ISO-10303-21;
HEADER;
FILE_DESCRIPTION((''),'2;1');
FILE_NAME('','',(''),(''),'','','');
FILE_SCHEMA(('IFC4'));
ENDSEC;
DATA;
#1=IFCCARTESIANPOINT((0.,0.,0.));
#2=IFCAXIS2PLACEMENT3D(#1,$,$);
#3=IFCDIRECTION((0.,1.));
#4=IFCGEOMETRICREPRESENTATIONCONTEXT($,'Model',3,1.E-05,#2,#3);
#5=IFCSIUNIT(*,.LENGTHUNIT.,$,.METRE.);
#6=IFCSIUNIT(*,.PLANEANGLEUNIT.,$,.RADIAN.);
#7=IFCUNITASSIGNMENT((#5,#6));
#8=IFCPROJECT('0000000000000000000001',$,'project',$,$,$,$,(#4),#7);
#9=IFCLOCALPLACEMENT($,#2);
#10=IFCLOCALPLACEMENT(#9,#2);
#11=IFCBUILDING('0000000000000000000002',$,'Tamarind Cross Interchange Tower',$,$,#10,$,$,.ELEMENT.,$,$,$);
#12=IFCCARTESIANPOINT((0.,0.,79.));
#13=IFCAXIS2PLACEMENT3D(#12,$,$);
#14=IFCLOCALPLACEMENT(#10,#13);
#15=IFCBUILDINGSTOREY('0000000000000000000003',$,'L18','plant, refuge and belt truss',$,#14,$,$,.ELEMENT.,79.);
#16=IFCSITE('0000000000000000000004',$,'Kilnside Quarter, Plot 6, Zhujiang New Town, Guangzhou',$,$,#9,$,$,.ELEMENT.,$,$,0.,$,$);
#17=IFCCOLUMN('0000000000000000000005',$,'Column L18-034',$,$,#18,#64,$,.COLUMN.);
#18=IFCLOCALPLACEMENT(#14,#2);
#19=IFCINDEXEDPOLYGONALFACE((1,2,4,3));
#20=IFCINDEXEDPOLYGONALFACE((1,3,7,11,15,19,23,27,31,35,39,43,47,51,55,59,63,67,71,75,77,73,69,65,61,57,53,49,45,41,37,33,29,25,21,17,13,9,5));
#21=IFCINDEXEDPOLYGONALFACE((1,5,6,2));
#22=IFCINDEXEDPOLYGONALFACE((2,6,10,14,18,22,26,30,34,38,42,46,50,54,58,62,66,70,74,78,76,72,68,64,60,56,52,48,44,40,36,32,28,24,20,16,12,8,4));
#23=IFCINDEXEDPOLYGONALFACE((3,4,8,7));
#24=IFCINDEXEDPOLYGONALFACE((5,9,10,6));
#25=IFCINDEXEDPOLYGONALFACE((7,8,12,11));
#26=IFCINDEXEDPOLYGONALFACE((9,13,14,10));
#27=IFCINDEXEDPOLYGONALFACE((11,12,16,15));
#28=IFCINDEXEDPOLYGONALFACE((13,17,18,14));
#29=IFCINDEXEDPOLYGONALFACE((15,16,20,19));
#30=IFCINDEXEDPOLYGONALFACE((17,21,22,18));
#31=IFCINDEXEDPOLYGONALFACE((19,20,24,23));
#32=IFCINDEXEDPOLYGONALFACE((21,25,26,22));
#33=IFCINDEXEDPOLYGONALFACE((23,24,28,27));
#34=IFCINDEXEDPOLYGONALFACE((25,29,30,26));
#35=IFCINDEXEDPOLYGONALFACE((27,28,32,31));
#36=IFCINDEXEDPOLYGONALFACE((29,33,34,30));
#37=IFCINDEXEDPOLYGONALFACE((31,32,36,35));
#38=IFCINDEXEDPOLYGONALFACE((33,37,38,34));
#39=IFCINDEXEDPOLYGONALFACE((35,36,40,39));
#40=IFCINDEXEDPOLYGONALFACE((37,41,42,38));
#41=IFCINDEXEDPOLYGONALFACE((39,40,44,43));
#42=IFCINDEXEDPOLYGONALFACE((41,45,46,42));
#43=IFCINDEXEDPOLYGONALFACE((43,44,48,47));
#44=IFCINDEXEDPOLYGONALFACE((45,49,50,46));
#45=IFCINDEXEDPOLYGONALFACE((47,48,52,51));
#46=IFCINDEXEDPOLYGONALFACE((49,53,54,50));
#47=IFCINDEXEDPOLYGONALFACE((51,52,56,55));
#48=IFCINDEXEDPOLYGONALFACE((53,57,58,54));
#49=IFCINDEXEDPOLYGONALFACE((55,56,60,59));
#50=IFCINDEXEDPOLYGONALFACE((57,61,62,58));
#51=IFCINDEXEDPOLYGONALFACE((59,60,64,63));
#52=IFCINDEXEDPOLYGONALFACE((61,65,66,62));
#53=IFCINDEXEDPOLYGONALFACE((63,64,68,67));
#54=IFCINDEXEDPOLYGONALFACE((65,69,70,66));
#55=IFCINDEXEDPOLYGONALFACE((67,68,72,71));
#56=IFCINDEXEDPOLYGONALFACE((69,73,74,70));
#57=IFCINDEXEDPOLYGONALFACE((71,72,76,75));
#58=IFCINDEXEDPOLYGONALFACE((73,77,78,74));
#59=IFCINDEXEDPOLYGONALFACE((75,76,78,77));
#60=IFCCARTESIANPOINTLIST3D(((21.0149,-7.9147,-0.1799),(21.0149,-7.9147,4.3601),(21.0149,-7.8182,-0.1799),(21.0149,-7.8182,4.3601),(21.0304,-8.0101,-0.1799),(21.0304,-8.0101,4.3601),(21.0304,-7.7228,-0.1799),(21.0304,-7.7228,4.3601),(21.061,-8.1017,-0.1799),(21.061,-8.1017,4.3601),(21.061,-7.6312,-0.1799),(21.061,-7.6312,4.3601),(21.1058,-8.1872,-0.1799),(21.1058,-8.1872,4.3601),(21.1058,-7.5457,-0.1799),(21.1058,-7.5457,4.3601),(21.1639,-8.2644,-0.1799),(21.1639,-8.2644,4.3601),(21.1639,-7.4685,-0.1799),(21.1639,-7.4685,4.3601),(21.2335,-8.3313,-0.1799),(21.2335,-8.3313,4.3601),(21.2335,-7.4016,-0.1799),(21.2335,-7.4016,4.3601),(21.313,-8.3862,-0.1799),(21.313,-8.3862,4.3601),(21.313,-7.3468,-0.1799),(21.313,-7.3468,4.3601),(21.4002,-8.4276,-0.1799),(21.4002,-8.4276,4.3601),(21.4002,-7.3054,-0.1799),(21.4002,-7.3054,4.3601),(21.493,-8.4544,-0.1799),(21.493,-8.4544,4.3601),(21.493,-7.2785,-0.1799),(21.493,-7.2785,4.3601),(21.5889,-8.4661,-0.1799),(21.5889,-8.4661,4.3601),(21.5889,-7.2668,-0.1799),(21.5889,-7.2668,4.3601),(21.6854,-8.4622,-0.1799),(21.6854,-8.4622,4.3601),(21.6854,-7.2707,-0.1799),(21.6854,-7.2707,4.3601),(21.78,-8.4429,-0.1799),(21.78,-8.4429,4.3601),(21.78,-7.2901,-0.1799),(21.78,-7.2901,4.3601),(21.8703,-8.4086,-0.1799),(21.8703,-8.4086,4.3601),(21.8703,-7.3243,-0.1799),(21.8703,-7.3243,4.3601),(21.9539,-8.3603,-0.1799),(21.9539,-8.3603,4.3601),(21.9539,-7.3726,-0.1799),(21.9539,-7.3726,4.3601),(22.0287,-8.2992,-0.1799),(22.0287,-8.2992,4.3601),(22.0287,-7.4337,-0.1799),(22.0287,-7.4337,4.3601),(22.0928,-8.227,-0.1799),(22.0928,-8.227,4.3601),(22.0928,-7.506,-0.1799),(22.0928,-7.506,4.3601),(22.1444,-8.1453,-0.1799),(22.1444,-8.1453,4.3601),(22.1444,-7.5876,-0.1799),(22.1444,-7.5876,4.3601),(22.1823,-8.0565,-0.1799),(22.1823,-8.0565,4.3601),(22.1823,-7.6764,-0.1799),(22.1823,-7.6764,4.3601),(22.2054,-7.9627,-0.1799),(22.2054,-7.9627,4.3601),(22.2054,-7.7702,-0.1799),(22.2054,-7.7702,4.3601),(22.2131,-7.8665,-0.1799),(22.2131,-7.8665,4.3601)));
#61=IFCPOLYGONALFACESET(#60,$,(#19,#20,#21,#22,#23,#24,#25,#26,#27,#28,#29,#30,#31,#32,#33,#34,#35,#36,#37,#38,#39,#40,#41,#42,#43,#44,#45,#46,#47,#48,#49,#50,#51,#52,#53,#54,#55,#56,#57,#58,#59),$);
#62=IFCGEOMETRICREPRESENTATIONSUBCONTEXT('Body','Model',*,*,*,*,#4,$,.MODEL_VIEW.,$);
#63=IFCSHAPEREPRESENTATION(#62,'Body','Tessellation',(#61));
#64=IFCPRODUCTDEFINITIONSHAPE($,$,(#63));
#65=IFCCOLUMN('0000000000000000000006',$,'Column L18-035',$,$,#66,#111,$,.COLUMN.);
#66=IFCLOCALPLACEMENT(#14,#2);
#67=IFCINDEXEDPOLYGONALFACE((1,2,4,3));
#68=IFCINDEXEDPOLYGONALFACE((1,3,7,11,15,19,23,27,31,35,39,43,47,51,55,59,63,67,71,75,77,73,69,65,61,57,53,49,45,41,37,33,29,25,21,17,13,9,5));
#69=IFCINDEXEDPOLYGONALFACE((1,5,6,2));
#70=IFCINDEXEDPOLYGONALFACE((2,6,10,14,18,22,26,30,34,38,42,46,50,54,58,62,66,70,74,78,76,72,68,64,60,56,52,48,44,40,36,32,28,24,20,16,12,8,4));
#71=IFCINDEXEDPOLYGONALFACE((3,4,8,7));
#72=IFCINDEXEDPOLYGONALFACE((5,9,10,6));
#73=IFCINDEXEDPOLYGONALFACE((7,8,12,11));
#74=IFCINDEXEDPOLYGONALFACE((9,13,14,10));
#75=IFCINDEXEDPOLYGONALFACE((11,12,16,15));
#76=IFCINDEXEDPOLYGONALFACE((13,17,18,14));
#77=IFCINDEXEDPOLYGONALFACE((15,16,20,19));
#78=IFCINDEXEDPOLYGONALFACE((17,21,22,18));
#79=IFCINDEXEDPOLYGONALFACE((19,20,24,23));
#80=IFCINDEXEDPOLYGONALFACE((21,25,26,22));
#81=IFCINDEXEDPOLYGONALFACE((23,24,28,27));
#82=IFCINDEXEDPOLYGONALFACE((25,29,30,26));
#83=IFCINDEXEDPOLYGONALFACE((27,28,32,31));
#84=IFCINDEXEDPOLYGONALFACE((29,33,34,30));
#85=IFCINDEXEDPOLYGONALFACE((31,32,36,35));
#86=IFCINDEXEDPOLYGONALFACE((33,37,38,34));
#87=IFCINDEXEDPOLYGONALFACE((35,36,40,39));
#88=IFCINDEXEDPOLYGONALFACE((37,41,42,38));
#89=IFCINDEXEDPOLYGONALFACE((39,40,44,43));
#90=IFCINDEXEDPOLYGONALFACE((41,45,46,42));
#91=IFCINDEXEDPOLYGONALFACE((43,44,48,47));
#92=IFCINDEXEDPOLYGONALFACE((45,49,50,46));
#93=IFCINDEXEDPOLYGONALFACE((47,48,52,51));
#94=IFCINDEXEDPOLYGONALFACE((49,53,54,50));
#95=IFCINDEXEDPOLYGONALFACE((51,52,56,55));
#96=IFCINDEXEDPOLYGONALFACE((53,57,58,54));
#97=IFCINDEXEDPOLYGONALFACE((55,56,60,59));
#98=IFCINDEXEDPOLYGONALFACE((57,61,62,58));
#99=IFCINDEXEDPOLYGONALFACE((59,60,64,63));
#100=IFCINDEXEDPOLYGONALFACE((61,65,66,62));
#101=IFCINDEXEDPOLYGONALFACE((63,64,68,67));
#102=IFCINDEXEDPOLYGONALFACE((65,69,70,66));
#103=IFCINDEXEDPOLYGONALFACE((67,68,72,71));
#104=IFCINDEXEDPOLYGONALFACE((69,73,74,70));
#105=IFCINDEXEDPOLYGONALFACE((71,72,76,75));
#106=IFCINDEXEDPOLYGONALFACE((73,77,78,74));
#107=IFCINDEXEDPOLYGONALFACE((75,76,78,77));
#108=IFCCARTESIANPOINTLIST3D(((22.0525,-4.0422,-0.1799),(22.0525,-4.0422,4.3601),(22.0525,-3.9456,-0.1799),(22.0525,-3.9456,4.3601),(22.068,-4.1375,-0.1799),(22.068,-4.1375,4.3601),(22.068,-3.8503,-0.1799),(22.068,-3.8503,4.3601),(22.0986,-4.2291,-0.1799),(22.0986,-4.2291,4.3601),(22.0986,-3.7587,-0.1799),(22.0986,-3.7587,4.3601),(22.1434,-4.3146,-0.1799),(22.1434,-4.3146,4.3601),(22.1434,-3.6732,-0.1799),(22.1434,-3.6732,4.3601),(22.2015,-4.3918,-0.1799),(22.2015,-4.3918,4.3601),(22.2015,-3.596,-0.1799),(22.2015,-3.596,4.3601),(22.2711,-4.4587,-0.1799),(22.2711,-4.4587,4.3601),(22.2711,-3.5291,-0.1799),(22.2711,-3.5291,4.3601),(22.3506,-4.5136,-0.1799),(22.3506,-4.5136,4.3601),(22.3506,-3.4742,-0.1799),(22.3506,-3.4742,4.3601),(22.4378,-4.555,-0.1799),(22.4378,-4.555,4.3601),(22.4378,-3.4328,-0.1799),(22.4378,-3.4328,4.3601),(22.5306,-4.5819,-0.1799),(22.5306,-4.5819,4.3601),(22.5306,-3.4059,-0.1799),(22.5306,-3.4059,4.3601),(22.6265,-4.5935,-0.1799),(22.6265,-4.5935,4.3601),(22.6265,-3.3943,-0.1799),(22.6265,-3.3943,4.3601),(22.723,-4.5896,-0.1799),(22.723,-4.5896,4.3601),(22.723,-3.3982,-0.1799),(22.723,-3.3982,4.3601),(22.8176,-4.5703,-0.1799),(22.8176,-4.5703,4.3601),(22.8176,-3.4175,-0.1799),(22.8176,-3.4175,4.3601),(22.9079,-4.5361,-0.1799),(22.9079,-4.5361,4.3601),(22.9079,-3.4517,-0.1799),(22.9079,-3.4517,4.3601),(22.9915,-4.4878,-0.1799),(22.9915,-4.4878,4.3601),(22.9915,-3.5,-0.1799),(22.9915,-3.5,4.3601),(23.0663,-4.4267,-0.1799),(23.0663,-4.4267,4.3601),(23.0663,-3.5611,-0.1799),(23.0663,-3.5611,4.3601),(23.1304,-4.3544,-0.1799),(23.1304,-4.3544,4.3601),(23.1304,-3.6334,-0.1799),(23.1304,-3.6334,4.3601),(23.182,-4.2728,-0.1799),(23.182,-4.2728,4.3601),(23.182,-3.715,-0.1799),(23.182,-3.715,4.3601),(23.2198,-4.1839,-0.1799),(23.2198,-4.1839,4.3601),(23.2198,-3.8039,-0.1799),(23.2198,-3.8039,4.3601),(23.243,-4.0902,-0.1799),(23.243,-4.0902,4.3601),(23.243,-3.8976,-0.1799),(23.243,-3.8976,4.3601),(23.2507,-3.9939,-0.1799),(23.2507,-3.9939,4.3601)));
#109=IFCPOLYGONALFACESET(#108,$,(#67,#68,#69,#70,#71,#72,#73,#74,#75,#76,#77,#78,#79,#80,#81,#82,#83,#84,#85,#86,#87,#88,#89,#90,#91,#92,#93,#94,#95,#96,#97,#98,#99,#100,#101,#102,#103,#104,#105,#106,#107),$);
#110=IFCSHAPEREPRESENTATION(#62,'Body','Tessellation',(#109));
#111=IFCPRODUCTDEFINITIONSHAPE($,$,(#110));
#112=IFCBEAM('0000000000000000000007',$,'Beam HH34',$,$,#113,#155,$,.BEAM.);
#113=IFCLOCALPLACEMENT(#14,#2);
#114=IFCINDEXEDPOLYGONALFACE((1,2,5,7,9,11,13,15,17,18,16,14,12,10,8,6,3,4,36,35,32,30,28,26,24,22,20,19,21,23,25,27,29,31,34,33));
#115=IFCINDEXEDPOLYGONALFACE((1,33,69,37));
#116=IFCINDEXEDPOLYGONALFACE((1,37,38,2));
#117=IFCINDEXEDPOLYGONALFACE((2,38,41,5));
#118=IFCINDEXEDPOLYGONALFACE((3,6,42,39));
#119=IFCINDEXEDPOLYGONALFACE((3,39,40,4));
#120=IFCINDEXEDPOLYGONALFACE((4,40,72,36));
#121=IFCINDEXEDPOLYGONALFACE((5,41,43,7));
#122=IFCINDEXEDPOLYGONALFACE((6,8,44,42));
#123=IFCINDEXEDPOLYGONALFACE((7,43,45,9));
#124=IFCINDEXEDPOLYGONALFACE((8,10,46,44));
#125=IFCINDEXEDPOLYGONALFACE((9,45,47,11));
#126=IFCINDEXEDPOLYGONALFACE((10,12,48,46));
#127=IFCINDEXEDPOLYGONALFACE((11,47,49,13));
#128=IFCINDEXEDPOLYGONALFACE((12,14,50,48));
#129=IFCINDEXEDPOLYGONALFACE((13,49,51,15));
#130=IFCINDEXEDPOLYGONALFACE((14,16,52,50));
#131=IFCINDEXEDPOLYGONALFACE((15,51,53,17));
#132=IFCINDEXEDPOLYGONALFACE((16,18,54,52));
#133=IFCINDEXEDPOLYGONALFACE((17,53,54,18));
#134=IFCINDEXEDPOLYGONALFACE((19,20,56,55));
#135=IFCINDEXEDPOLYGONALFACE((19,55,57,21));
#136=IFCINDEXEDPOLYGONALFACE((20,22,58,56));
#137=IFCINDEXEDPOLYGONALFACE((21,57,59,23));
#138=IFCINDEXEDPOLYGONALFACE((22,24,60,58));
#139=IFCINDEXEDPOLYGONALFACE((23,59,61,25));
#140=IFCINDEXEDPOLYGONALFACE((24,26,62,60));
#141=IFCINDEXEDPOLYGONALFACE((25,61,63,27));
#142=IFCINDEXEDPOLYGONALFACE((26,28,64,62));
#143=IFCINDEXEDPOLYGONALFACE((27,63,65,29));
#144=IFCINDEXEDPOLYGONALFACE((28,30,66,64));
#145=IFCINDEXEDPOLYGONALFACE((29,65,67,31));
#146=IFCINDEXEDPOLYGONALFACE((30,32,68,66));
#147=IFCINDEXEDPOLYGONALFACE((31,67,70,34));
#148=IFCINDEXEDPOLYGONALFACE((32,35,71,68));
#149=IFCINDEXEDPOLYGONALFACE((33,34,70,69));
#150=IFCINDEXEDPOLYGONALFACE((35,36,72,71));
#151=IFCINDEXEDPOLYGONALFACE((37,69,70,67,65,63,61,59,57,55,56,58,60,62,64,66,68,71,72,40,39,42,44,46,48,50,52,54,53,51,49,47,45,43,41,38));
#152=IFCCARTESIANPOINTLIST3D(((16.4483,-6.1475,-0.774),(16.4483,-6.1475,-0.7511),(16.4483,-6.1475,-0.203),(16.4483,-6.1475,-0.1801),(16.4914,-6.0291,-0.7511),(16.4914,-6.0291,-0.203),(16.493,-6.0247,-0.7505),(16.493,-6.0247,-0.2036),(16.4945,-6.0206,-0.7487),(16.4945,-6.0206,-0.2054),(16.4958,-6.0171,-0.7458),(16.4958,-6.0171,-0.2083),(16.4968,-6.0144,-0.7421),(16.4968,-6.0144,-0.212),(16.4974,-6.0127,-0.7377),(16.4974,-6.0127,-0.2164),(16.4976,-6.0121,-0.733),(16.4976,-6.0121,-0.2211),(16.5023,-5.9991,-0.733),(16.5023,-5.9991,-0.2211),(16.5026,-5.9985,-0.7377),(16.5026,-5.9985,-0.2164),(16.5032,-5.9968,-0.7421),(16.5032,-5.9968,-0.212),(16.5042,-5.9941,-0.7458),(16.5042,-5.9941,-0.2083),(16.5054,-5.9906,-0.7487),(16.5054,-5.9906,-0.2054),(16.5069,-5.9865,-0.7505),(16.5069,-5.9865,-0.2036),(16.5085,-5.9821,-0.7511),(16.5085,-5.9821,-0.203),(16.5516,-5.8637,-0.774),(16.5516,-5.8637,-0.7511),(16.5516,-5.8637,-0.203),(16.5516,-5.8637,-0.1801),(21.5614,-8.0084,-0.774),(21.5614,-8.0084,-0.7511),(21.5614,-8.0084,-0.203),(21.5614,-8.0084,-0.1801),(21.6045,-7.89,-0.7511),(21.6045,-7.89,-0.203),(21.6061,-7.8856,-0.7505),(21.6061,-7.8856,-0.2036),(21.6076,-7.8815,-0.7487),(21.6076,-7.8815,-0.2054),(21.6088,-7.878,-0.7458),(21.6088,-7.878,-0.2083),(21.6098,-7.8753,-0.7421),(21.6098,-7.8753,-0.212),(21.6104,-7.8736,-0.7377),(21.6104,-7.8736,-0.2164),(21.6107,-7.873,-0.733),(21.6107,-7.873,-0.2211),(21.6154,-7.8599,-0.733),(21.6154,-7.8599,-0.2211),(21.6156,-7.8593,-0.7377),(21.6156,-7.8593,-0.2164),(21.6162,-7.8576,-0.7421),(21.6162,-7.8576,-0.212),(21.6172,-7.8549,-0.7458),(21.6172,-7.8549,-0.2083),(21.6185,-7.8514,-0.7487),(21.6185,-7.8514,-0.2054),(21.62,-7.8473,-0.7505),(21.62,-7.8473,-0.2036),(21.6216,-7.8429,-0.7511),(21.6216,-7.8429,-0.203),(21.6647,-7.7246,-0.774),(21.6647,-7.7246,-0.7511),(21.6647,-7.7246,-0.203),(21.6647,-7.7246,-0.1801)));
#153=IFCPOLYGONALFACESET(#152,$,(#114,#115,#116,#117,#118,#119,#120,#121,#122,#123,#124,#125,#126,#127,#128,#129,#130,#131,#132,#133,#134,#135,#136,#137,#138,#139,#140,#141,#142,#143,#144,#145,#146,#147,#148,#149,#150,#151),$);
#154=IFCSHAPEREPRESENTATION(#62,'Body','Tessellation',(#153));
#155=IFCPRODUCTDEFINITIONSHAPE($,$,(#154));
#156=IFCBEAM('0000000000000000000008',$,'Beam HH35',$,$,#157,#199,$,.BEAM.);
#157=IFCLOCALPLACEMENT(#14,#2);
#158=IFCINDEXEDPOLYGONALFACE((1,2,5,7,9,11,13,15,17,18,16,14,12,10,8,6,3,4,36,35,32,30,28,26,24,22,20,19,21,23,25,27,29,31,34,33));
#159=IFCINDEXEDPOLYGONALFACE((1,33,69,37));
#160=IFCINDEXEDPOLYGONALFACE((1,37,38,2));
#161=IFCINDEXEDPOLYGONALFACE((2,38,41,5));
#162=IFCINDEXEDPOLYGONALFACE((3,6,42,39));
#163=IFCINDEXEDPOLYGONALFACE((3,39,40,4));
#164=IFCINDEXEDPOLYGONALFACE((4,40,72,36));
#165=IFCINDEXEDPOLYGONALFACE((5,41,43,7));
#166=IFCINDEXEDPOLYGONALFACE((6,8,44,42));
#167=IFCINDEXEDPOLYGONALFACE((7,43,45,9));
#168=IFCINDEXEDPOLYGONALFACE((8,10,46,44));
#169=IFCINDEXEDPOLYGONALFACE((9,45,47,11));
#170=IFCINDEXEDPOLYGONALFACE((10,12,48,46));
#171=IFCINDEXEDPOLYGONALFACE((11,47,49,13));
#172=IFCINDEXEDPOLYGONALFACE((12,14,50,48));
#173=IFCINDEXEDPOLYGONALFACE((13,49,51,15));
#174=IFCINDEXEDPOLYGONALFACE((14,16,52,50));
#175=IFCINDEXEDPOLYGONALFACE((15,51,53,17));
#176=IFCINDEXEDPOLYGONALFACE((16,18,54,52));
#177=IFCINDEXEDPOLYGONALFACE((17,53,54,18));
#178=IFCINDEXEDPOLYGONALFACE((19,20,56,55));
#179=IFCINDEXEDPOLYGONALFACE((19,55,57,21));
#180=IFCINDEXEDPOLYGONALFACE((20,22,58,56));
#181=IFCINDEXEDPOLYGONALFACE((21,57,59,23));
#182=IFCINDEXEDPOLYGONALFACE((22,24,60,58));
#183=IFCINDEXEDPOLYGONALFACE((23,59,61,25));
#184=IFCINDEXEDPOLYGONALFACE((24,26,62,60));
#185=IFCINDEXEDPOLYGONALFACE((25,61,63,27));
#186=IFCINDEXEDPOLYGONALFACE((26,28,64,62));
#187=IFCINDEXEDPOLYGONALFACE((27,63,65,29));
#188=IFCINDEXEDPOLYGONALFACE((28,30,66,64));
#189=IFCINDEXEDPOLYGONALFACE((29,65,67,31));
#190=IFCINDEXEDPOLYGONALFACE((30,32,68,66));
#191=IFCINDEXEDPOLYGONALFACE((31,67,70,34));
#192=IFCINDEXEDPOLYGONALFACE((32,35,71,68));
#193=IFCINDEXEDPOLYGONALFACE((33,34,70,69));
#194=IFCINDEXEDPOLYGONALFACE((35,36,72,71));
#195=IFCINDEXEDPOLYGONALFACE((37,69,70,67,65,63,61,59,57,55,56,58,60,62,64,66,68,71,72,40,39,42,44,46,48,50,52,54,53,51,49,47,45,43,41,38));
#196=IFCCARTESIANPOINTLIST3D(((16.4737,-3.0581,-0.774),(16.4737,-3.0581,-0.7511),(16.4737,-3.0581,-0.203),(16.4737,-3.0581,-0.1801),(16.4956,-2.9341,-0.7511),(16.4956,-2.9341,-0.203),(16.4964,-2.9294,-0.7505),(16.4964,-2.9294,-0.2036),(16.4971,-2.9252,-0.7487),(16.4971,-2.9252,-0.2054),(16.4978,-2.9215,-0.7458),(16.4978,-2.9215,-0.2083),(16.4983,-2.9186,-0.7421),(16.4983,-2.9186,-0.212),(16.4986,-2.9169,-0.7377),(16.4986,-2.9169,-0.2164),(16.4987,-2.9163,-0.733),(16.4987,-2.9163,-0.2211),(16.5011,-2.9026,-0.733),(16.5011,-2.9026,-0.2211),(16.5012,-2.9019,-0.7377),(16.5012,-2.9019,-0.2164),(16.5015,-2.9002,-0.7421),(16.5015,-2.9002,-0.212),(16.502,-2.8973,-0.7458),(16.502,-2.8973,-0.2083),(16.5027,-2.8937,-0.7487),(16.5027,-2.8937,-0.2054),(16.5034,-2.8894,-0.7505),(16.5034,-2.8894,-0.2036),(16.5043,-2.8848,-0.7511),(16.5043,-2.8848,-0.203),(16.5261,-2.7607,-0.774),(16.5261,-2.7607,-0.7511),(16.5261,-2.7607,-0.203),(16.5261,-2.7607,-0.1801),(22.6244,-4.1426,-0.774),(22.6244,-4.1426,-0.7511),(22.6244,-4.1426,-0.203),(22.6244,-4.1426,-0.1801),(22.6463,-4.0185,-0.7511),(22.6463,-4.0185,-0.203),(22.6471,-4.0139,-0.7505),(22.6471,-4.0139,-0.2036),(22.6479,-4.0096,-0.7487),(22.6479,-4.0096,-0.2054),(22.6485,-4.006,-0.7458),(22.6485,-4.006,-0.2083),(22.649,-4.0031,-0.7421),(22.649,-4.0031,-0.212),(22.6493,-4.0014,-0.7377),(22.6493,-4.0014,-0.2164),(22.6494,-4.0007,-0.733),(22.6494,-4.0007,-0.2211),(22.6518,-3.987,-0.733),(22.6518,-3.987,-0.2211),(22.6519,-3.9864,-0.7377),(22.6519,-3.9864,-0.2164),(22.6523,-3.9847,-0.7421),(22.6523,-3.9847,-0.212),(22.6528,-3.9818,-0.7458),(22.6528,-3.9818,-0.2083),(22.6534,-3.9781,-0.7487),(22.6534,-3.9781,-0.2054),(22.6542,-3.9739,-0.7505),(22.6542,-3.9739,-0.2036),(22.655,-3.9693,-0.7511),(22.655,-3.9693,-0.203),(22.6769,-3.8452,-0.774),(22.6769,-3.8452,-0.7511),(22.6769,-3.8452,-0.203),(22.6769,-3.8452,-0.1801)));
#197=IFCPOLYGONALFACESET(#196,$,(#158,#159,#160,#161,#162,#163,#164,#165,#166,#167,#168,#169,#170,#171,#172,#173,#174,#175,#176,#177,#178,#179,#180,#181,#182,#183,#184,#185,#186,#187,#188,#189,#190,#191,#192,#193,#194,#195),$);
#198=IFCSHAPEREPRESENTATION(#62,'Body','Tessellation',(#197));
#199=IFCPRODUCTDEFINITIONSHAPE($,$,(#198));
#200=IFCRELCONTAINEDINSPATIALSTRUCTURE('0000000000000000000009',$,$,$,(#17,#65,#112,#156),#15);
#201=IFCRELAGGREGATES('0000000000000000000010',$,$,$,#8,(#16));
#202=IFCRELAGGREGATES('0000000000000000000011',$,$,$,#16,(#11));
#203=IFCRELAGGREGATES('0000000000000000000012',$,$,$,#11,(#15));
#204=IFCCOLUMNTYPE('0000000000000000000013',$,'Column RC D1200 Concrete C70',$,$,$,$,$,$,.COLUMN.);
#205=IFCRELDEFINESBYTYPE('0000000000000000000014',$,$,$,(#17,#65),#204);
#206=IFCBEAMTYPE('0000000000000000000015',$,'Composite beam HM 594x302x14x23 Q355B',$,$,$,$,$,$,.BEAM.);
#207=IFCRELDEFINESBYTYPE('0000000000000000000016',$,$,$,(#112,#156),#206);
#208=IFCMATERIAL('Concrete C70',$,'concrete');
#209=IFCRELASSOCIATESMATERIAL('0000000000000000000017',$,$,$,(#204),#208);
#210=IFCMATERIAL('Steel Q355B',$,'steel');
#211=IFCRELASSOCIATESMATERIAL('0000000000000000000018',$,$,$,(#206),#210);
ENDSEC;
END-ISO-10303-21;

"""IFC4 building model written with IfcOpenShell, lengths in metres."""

from ifc_helpers import new_model, si_unit, direction, frame, origin, origin_2d, place, context, subcontext, project, spatial, circle, i_section, extrude, material, material_profile, profile_set, type_object, element, save


model = new_model("IFC4")

# Units and contexts
model_context = context("Model", 3, precision=1e-05, world=origin(), true_north=direction((0.0, 1.0)))
body_context = subcontext(model_context, "Body", "Model", "MODEL_VIEW")
ifc_project = project(units=[si_unit("LENGTHUNIT", "METRE"), si_unit("PLANEANGLEUNIT", "RADIAN")], contexts=[model_context])

# Site, building, storey
site_placement = place(None, origin())
site = spatial("IfcSite", under=ifc_project, at=site_placement, Name="Kilnside Quarter, Plot 6, Zhujiang New Town, Guangzhou", CompositionType="ELEMENT", RefElevation=0.0)
building_placement = place(site_placement, origin())
building = spatial("IfcBuilding", under=site, at=building_placement, Name="Tamarind Cross Interchange Tower", CompositionType="ELEMENT")
storey_placement = place(building_placement, frame((0.0, 0.0, 79.0)))
storey = spatial("IfcBuildingStorey", under=building, at=storey_placement, Name="L18", Description="plant, refuge and belt truss", CompositionType="ELEMENT", Elevation=79.0)

# Columns
ifc_material_1 = material(Name="Concrete C70", Category="concrete")
ifc_material_profile_1 = material_profile(ifc_material_1, circle(Radius=0.6001, at=origin_2d()), Name="RC D1200")
ifc_profile_set_1 = profile_set([ifc_material_profile_1], Name="Concrete C70")
column_type = type_object("IfcColumnType", Name="Column RC D1200 Concrete C70", PredefinedType="COLUMN", material=ifc_profile_set_1)
for number, where, z_axis, x_axis, name in (
    (1, (21.613, -7.8665, -0.1799), (0.0, 0.0, 1.0), (1.0, 0.0, 0.0), "Column L18-034"),
    (2, (22.6506, -3.9939, -0.1799), (0.0, 0.0, 1.0), (1.0, 0.0, 0.0), "Column L18-035"),
):
    element("IfcColumn", number, at=place(storey_placement, frame(where, z_axis=z_axis, x_axis=x_axis)), inside=storey, type_object=column_type, Name=name, PredefinedType="COLUMN", context=body_context, shape_type="SweptSolid", body=[
        extrude(circle(Radius=0.6001, at=origin_2d()), origin(), (0.0, 0.0, 1.0), 4.54),
    ])

# Beams
ifc_material_2 = material(Name="Steel Q355B", Category="steel")
ifc_material_profile_2 = material_profile(ifc_material_2, i_section(OverallWidth=0.302, OverallDepth=0.594, WebThickness=0.0139, FlangeThickness=0.0229, FilletRadius=0.0181, at=origin_2d()), Name="HM 594x302x14x23")
ifc_profile_set_2 = profile_set([ifc_material_profile_2], Name="Steel Q355B")
beam_type_1 = type_object("IfcBeamType", Name="Composite beam HM 594x302x14x23 Q355B", PredefinedType="BEAM", material=ifc_profile_set_2)
beam_1_placement = place(storey_placement, frame((21.613, -7.8665, -0.4771), z_axis=(-0.939702, 0.341995, 0.0), x_axis=(-0.341995, -0.939702, 0.0)))
element("IfcBeam", 3, at=beam_1_placement, inside=storey, type_object=beam_type_1, Name="Beam HH34", PredefinedType="BEAM", context=body_context, shape_type="SweptSolid", body=[
    extrude(i_section(OverallWidth=0.302, OverallDepth=0.594, WebThickness=0.0139, FlangeThickness=0.0229, FilletRadius=0.0181, at=origin_2d()), origin(), (0.0, 0.0, 1.0), 5.4412),
])
beam_2_placement = place(storey_placement, frame((22.6506, -3.9939, -0.4771), z_axis=(-0.984809, 0.17364, 0.0), x_axis=(-0.17364, -0.984809, 0.0)))
element("IfcBeam", 4, at=beam_2_placement, inside=storey, type_object=beam_type_1, Name="Beam HH35", PredefinedType="BEAM", context=body_context, shape_type="SweptSolid", body=[
    extrude(i_section(OverallWidth=0.302, OverallDepth=0.594, WebThickness=0.0139, FlangeThickness=0.0229, FilletRadius=0.0181, at=origin_2d()), origin(), (0.0, 0.0, 1.0), 6.2456),
])

save(model, "model.ifc")
